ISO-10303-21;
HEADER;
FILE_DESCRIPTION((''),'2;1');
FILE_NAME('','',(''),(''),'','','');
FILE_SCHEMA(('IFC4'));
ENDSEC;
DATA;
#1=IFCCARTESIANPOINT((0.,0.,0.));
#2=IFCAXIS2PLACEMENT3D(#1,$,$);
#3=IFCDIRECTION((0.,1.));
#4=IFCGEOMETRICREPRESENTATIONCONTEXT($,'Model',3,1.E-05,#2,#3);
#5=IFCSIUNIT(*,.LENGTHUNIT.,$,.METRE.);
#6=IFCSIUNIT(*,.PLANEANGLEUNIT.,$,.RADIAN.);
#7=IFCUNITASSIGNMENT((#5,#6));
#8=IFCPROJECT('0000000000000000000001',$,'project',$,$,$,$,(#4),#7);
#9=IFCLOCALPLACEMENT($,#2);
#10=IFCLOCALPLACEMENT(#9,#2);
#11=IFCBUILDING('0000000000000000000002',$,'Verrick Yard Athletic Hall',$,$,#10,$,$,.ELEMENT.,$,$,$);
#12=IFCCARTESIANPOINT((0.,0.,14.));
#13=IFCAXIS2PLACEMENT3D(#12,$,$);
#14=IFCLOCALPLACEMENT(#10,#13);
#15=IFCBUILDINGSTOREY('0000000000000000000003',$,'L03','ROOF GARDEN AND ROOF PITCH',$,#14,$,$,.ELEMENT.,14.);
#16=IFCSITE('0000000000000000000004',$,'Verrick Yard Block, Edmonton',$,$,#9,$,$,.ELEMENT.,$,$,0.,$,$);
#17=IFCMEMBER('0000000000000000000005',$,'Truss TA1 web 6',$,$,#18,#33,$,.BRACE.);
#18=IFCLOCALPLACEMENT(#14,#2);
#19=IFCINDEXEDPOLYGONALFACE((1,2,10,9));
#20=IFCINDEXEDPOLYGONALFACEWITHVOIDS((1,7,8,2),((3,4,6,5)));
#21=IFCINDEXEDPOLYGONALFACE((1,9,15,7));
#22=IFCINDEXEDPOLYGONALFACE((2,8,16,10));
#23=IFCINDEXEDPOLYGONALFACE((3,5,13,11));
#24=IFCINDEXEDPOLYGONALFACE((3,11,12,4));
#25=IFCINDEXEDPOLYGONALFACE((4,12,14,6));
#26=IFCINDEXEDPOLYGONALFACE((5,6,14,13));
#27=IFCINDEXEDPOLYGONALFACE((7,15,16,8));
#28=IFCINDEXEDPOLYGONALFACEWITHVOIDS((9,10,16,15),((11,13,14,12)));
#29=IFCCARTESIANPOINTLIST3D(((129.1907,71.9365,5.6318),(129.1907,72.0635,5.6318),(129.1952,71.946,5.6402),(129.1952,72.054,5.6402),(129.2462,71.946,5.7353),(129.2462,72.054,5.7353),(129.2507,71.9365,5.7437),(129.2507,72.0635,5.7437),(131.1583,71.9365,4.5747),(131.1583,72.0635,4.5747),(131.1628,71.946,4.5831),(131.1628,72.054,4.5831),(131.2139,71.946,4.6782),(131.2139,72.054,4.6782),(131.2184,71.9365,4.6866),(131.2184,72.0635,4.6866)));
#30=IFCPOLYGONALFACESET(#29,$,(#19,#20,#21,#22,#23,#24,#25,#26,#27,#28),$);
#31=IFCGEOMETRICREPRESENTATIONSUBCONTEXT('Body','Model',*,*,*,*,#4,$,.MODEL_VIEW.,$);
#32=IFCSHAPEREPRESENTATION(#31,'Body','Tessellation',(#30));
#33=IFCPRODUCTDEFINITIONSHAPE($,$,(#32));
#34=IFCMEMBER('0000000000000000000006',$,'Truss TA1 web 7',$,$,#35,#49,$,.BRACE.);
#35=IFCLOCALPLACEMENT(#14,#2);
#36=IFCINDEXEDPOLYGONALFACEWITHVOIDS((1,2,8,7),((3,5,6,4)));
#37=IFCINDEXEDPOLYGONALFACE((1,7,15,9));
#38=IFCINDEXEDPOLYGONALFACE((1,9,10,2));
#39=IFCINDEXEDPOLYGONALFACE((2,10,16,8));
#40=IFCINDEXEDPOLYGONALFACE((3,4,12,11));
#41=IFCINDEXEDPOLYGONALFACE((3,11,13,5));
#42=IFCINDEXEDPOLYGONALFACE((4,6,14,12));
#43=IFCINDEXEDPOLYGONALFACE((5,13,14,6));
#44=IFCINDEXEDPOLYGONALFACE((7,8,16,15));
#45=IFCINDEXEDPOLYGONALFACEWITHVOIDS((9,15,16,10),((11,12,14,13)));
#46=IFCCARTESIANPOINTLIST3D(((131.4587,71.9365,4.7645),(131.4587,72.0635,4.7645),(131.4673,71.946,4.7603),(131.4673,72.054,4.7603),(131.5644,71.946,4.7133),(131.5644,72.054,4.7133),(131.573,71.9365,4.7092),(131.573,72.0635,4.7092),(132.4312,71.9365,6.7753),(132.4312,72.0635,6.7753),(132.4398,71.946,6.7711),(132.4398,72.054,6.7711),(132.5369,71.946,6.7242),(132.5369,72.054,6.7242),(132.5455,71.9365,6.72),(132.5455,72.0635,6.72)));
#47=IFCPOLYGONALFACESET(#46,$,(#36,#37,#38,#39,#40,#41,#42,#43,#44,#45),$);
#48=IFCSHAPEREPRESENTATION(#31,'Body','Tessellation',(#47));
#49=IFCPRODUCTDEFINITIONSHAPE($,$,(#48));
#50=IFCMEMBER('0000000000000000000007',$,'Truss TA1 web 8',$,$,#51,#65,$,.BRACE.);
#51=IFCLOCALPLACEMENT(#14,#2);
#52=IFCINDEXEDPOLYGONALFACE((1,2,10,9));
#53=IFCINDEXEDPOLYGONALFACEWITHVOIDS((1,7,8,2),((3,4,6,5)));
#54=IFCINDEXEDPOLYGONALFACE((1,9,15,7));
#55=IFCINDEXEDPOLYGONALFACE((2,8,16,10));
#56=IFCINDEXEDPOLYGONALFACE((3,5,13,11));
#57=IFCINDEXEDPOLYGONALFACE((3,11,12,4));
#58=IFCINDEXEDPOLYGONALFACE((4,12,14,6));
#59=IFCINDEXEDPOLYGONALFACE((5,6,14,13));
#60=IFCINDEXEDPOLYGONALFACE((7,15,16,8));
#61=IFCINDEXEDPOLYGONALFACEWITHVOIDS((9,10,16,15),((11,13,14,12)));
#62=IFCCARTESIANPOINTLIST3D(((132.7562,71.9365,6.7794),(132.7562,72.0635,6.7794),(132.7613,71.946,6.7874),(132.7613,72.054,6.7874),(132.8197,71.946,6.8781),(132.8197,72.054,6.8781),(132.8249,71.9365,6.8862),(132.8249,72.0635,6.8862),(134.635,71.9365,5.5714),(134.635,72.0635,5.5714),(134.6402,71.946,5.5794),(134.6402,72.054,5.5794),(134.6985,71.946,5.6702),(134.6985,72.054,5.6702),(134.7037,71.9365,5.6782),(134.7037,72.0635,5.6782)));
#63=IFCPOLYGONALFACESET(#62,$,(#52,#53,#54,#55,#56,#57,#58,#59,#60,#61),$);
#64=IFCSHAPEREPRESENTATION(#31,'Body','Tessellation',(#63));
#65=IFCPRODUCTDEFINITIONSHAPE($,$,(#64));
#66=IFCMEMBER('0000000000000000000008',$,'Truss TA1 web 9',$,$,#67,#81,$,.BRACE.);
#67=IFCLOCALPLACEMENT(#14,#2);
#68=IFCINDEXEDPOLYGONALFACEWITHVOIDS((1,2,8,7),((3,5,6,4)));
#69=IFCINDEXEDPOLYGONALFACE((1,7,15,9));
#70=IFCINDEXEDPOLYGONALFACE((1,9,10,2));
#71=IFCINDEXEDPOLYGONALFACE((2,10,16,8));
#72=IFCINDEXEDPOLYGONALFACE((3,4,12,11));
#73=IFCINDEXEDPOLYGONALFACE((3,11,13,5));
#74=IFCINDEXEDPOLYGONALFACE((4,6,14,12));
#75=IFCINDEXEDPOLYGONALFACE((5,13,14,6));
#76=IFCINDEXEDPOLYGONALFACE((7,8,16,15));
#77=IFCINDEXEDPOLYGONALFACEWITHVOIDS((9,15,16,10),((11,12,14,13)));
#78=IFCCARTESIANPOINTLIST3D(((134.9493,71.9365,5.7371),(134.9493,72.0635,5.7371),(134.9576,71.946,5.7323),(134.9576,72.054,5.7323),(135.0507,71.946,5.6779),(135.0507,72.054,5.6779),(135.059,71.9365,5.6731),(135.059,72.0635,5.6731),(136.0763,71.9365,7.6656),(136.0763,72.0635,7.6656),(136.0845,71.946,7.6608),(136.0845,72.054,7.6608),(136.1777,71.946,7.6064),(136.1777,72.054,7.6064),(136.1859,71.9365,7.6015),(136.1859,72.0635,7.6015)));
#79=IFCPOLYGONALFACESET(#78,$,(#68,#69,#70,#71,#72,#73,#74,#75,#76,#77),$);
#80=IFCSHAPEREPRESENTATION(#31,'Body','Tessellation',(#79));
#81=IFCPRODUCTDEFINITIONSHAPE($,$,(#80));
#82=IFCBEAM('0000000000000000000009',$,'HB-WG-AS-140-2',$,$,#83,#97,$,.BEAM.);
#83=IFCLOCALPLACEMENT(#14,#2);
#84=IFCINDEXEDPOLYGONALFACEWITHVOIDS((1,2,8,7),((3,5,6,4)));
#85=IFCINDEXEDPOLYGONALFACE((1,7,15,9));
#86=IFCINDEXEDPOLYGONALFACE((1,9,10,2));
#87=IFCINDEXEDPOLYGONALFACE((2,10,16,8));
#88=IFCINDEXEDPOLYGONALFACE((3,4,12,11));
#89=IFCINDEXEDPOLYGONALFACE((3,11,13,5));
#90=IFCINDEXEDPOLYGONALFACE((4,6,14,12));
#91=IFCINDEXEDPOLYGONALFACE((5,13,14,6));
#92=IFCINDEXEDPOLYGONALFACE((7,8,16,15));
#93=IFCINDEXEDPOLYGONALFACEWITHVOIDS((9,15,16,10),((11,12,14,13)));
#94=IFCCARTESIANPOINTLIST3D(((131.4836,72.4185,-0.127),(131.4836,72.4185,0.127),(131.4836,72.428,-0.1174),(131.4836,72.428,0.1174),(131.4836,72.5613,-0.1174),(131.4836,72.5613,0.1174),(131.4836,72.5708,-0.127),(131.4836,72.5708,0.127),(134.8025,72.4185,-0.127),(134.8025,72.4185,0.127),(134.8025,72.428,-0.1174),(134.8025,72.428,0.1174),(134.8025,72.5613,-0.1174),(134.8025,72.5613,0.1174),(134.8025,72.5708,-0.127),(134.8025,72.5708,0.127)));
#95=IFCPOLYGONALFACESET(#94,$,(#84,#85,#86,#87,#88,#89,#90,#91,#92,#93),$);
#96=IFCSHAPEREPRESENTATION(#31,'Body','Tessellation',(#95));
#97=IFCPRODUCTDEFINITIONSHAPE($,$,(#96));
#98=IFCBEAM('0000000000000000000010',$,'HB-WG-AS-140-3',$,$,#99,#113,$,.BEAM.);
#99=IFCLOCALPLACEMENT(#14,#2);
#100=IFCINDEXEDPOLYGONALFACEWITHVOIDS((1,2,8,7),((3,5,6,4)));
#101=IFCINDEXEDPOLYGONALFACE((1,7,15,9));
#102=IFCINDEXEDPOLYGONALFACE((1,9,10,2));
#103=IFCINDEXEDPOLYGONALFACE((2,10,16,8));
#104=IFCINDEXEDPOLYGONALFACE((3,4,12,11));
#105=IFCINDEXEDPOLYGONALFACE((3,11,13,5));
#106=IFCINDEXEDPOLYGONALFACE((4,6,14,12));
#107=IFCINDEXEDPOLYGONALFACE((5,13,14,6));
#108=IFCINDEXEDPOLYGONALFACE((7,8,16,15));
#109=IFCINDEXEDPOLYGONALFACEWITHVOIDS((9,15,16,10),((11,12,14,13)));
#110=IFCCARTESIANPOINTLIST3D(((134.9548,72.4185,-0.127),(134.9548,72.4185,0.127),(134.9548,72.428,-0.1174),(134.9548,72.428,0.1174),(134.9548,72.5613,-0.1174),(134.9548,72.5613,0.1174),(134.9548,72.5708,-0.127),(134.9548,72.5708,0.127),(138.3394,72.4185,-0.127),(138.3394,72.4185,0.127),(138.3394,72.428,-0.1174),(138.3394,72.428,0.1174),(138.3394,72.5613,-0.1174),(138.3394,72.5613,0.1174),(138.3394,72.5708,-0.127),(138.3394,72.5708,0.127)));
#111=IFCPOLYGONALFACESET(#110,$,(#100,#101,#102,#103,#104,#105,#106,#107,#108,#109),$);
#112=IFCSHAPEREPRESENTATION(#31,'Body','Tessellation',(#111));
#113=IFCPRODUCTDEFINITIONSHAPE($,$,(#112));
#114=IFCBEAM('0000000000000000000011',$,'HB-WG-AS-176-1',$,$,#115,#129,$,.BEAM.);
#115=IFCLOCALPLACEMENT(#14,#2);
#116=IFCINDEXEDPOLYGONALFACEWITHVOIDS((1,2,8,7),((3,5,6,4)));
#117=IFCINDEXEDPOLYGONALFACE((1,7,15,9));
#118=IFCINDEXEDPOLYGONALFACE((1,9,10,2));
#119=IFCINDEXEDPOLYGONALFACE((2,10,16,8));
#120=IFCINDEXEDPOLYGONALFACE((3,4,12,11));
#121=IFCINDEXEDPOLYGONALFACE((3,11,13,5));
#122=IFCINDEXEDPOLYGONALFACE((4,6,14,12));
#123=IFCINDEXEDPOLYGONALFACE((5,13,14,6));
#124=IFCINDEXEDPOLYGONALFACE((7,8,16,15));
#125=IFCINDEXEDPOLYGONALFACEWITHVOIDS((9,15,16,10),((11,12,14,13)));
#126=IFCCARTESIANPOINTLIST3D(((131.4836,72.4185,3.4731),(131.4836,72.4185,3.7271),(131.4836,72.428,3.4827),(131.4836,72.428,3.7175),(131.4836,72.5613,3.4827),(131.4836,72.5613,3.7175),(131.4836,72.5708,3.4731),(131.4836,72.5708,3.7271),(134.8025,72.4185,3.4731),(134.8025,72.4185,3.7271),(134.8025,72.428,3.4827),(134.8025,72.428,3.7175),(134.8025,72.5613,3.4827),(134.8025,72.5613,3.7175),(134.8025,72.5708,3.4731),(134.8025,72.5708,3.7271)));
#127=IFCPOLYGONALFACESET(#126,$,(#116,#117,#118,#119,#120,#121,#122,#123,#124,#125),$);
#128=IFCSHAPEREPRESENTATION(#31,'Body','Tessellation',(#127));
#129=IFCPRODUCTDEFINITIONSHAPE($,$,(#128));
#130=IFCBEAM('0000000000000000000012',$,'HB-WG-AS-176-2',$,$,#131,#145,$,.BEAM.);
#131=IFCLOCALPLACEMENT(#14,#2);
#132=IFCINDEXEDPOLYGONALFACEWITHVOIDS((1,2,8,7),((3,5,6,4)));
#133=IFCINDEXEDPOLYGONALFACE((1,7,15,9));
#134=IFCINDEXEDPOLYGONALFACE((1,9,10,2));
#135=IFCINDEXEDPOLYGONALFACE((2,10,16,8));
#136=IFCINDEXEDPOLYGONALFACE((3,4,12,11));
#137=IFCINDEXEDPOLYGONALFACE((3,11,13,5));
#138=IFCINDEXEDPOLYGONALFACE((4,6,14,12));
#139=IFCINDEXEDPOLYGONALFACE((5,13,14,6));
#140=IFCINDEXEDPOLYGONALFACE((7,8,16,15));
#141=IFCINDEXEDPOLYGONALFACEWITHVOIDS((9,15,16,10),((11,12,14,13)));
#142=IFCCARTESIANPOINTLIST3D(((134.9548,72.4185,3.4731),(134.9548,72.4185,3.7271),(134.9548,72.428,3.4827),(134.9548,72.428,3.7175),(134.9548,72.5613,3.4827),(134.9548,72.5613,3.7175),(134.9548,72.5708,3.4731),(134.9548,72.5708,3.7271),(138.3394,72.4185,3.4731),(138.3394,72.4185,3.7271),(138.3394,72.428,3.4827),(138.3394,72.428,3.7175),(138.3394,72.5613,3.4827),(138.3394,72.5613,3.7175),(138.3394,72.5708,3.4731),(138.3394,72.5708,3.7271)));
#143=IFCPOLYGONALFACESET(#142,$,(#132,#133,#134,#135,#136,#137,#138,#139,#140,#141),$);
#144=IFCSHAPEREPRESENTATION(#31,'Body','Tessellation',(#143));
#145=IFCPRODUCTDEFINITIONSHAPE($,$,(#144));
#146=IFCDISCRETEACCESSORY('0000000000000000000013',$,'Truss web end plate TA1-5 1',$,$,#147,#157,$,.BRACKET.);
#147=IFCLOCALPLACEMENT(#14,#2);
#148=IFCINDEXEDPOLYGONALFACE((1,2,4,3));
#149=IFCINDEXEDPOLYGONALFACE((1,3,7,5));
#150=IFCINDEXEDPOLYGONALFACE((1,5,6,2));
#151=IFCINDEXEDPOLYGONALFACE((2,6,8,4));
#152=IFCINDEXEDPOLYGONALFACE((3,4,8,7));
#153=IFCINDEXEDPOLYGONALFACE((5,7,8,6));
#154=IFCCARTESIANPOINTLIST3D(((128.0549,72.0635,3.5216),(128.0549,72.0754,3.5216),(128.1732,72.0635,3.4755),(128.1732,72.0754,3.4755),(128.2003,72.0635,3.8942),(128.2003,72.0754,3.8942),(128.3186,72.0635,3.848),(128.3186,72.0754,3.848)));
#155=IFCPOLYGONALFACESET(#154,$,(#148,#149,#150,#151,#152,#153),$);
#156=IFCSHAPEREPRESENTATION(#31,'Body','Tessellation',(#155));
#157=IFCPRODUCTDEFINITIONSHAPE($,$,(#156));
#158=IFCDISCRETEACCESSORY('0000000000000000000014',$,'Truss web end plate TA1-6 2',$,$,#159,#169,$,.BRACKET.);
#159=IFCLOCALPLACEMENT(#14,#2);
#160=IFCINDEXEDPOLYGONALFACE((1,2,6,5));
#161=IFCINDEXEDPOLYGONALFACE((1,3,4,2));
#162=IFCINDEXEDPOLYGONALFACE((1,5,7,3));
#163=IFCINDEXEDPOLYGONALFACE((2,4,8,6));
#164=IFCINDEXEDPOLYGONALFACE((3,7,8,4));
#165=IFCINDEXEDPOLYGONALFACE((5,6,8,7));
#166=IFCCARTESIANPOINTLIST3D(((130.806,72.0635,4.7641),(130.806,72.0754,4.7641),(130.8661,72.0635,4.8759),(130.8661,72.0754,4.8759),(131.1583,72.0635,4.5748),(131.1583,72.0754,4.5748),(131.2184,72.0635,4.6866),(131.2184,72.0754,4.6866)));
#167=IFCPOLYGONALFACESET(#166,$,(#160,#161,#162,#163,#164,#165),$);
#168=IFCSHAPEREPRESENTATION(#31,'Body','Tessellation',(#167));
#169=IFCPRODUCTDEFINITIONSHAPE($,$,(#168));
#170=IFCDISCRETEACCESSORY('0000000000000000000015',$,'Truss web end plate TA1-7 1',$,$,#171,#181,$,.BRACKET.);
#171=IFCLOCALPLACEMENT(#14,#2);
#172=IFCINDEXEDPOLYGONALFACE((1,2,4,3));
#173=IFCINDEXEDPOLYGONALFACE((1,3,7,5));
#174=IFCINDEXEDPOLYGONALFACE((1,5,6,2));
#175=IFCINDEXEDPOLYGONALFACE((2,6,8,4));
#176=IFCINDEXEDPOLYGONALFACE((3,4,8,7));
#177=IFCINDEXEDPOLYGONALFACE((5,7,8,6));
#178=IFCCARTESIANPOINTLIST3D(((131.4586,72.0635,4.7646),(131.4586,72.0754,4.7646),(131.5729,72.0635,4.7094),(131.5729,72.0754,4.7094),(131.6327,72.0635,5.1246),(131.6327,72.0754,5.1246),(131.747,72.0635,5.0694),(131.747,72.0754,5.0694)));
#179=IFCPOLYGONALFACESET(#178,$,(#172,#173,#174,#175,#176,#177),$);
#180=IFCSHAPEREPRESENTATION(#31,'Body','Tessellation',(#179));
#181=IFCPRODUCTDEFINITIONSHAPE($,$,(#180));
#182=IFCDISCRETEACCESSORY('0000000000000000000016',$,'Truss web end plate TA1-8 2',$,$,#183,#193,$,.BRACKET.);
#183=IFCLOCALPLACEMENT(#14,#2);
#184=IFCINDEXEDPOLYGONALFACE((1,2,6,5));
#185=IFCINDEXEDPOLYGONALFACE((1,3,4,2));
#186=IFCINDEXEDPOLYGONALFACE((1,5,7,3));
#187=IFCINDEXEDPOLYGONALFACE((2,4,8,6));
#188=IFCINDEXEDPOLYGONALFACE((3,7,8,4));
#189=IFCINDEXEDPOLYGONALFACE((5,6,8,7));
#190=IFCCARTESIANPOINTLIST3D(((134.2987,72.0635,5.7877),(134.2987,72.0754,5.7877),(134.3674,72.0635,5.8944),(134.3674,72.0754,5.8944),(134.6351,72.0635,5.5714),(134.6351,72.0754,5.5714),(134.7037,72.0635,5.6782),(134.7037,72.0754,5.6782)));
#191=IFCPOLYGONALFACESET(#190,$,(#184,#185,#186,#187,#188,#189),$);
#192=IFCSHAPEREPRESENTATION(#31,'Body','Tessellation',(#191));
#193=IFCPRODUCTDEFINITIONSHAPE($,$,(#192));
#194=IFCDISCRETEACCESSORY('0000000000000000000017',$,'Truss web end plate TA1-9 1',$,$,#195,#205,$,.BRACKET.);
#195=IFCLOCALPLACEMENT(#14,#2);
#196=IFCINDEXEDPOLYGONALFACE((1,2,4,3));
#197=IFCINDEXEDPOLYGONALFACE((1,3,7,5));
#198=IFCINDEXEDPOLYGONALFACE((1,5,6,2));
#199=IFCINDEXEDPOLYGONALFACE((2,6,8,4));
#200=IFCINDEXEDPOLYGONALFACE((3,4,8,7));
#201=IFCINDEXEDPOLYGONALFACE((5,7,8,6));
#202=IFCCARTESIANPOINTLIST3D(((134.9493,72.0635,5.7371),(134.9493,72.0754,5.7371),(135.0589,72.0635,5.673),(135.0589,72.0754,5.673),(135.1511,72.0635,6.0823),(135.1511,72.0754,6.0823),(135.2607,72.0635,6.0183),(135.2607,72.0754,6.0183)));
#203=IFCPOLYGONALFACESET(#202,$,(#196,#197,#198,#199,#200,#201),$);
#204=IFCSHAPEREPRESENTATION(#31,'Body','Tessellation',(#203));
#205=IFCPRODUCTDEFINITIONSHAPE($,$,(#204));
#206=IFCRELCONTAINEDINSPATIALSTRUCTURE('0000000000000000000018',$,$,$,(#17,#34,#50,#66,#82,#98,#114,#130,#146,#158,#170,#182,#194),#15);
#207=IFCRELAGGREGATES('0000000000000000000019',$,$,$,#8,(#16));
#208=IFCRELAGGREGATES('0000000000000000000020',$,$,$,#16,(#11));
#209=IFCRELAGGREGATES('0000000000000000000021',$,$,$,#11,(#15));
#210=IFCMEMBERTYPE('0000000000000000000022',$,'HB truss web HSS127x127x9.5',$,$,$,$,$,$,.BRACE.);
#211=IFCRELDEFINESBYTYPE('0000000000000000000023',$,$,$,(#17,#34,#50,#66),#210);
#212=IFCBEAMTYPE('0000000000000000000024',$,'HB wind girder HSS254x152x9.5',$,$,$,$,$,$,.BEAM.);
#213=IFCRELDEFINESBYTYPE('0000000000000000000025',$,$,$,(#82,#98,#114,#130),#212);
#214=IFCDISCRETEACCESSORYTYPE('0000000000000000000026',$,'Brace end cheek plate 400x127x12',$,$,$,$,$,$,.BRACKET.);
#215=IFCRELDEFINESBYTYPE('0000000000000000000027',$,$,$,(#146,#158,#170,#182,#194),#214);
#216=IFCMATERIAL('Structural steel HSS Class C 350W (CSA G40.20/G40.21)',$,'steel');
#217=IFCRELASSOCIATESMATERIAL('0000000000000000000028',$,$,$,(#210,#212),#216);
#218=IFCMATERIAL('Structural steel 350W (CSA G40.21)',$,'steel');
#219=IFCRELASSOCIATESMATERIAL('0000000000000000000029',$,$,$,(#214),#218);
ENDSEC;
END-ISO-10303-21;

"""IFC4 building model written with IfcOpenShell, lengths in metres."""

from ifc_helpers import new_model, si_unit, direction, frame, origin, origin_2d, place, context, subcontext, project, spatial, rectangle, hollow_rectangle, extrude, material, material_profile, profile_set, type_object, element, save


model = new_model("IFC4")

# Units and contexts
model_context = context("Model", 3, precision=1e-05, world=origin(), true_north=direction((0.0, 1.0)))
body_context = subcontext(model_context, "Body", "Model", "MODEL_VIEW")
ifc_project = project(units=[si_unit("LENGTHUNIT", "METRE"), si_unit("PLANEANGLEUNIT", "RADIAN")], contexts=[model_context])

# Site, building, storey
site_placement = place(None, origin())
site = spatial("IfcSite", under=ifc_project, at=site_placement, Name="Verrick Yard Block, Edmonton", CompositionType="ELEMENT", RefElevation=0.0)
building_placement = place(site_placement, origin())
building = spatial("IfcBuilding", under=site, at=building_placement, Name="Verrick Yard Athletic Hall", CompositionType="ELEMENT")
storey_placement = place(building_placement, frame((0.0, 0.0, 14.0)))
storey = spatial("IfcBuildingStorey", under=building, at=storey_placement, Name="L03", Description="ROOF GARDEN AND ROOF PITCH", CompositionType="ELEMENT", Elevation=14.0)

# Members
ifc_material_1 = material(Name="Structural steel HSS Class C 350W (CSA G40.20/G40.21)", Category="steel")
ifc_material_profile_1 = material_profile(ifc_material_1, hollow_rectangle(XDim=0.127, YDim=0.127, WallThickness=0.0095, at=origin_2d()), Name="HSS127x127x9.5")
ifc_profile_set_1 = profile_set([ifc_material_profile_1], Name="Structural steel HSS Class C 350W (CSA G40.20/G40.21)")
member_type_1 = type_object("IfcMemberType", Name="HB truss web HSS127x127x9.5", PredefinedType="BRACE", material=ifc_profile_set_1)
for number, where, z_axis, x_axis, name in (
    (1, (129.2207, 72.0, 5.6877), (0.880927, 0.0, -0.473252), (0.0, 1.0, 0.0), "Truss TA1 web 6"),
    (2, (131.5159, 72.0, 4.7368), (0.435369, 0.0, 0.900252), (0.0, 1.0, 0.0), "Truss TA1 web 7"),
    (3, (132.7905, 72.0, 6.8328), (0.84115, 0.0, -0.540802), (0.0, 1.0, 0.0), "Truss TA1 web 8"),
    (4, (135.0042, 72.0, 5.7051), (0.504544, 0.0, 0.863386), (0.0, 1.0, 0.0), "Truss TA1 web 9"),
):
    element("IfcMember", number, at=place(storey_placement, frame(where, z_axis=z_axis, x_axis=x_axis)), inside=storey, type_object=member_type_1, Name=name, PredefinedType="BRACE", context=body_context, shape_type="SweptSolid", body=[
        extrude(hollow_rectangle(XDim=0.127, YDim=0.127, WallThickness=0.0095, at=origin_2d()), origin(), (0.0, 0.0, 1.0), 2.2336),
    ])

# Beams
ifc_material_profile_2 = material_profile(ifc_material_1, hollow_rectangle(XDim=0.1523, YDim=0.2539, WallThickness=0.0095, at=origin_2d()), Name="HSS254x152x9.5")
ifc_profile_set_2 = profile_set([ifc_material_profile_2], Name="Structural steel HSS Class C 350W (CSA G40.20/G40.21)")
beam_type = type_object("IfcBeamType", Name="HB wind girder HSS254x152x9.5", PredefinedType="BEAM", material=ifc_profile_set_2)
beam_1_placement = place(storey_placement, frame((131.4836, 72.4946, 0.0), z_axis=(1.0, 0.0, 0.0), x_axis=(0.0, 1.0, 0.0)))
element("IfcBeam", 5, at=beam_1_placement, inside=storey, type_object=beam_type, Name="HB-WG-AS-140-2", PredefinedType="BEAM", context=body_context, shape_type="SweptSolid", body=[
    extrude(hollow_rectangle(XDim=0.1523, YDim=0.2539, WallThickness=0.0095, at=origin_2d()), origin(), (0.0, 0.0, 1.0), 3.3188),
])
beam_2_placement = place(storey_placement, frame((134.9548, 72.4946, 0.0), z_axis=(1.0, 0.0, 0.0), x_axis=(0.0, 1.0, 0.0)))
element("IfcBeam", 6, at=beam_2_placement, inside=storey, type_object=beam_type, Name="HB-WG-AS-140-3", PredefinedType="BEAM", context=body_context, shape_type="SweptSolid", body=[
    extrude(hollow_rectangle(XDim=0.1523, YDim=0.2539, WallThickness=0.0095, at=origin_2d()), origin(), (0.0, 0.0, 1.0), 3.3845),
])
beam_3_placement = place(storey_placement, frame((131.4836, 72.4946, 3.6001), z_axis=(1.0, 0.0, 0.0), x_axis=(0.0, 1.0, 0.0)))
element("IfcBeam", 7, at=beam_3_placement, inside=storey, type_object=beam_type, Name="HB-WG-AS-176-1", PredefinedType="BEAM", context=body_context, shape_type="SweptSolid", body=[
    extrude(hollow_rectangle(XDim=0.1523, YDim=0.2539, WallThickness=0.0095, at=origin_2d()), origin(), (0.0, 0.0, 1.0), 3.3188),
])
beam_4_placement = place(storey_placement, frame((134.9548, 72.4946, 3.6001), z_axis=(1.0, 0.0, 0.0), x_axis=(0.0, 1.0, 0.0)))
element("IfcBeam", 8, at=beam_4_placement, inside=storey, type_object=beam_type, Name="HB-WG-AS-176-2", PredefinedType="BEAM", context=body_context, shape_type="SweptSolid", body=[
    extrude(hollow_rectangle(XDim=0.1523, YDim=0.2539, WallThickness=0.0095, at=origin_2d()), origin(), (0.0, 0.0, 1.0), 3.3845),
])

# Discrete accessories
ifc_material_2 = material(Name="Structural steel 350W (CSA G40.21)", Category="steel")
ifc_material_profile_3 = material_profile(ifc_material_2, rectangle(XDim=0.3999, YDim=0.127, at=origin_2d()), Name="Brace end cheek plate")
ifc_profile_set_3 = profile_set([ifc_material_profile_3], Name="Structural steel 350W (CSA G40.21)")
discrete_accessory_type = type_object("IfcDiscreteAccessoryType", Name="Brace end cheek plate 400x127x12", PredefinedType="BRACKET", material=ifc_profile_set_3)
for number, where, z_axis, x_axis, name in (
    (9, (128.1868, 72.0635, 3.6848), (0.0, 1.0, 0.0), (0.363563, 0.0, 0.93157), "Truss web end plate TA1-5 1"),
    (10, (131.0122, 72.0635, 4.7253), (0.0, 1.0, 0.0), (-0.88092, 0.0, 0.473265), "Truss web end plate TA1-6 2"),
    (11, (131.6028, 72.0635, 4.917), (0.0, 1.0, 0.0), (0.435417, 0.0, 0.900229), "Truss web end plate TA1-7 1"),
    (12, (134.5012, 72.0635, 5.7329), (0.0, 1.0, 0.0), (-0.841141, 0.0, 0.540816), "Truss web end plate TA1-8 2"),
    (13, (135.105, 72.0635, 5.8777), (0.0, 1.0, 0.0), (0.504597, 0.0, 0.863355), "Truss web end plate TA1-9 1"),
):
    element("IfcDiscreteAccessory", number, at=place(storey_placement, frame(where, z_axis=z_axis, x_axis=x_axis)), inside=storey, type_object=discrete_accessory_type, Name=name, PredefinedType="BRACKET", context=body_context, shape_type="SweptSolid", body=[
        extrude(rectangle(XDim=0.3999, YDim=0.127, at=origin_2d()), origin(), (0.0, 0.0, 1.0), 0.012),
    ])

save(model, "model.ifc")
